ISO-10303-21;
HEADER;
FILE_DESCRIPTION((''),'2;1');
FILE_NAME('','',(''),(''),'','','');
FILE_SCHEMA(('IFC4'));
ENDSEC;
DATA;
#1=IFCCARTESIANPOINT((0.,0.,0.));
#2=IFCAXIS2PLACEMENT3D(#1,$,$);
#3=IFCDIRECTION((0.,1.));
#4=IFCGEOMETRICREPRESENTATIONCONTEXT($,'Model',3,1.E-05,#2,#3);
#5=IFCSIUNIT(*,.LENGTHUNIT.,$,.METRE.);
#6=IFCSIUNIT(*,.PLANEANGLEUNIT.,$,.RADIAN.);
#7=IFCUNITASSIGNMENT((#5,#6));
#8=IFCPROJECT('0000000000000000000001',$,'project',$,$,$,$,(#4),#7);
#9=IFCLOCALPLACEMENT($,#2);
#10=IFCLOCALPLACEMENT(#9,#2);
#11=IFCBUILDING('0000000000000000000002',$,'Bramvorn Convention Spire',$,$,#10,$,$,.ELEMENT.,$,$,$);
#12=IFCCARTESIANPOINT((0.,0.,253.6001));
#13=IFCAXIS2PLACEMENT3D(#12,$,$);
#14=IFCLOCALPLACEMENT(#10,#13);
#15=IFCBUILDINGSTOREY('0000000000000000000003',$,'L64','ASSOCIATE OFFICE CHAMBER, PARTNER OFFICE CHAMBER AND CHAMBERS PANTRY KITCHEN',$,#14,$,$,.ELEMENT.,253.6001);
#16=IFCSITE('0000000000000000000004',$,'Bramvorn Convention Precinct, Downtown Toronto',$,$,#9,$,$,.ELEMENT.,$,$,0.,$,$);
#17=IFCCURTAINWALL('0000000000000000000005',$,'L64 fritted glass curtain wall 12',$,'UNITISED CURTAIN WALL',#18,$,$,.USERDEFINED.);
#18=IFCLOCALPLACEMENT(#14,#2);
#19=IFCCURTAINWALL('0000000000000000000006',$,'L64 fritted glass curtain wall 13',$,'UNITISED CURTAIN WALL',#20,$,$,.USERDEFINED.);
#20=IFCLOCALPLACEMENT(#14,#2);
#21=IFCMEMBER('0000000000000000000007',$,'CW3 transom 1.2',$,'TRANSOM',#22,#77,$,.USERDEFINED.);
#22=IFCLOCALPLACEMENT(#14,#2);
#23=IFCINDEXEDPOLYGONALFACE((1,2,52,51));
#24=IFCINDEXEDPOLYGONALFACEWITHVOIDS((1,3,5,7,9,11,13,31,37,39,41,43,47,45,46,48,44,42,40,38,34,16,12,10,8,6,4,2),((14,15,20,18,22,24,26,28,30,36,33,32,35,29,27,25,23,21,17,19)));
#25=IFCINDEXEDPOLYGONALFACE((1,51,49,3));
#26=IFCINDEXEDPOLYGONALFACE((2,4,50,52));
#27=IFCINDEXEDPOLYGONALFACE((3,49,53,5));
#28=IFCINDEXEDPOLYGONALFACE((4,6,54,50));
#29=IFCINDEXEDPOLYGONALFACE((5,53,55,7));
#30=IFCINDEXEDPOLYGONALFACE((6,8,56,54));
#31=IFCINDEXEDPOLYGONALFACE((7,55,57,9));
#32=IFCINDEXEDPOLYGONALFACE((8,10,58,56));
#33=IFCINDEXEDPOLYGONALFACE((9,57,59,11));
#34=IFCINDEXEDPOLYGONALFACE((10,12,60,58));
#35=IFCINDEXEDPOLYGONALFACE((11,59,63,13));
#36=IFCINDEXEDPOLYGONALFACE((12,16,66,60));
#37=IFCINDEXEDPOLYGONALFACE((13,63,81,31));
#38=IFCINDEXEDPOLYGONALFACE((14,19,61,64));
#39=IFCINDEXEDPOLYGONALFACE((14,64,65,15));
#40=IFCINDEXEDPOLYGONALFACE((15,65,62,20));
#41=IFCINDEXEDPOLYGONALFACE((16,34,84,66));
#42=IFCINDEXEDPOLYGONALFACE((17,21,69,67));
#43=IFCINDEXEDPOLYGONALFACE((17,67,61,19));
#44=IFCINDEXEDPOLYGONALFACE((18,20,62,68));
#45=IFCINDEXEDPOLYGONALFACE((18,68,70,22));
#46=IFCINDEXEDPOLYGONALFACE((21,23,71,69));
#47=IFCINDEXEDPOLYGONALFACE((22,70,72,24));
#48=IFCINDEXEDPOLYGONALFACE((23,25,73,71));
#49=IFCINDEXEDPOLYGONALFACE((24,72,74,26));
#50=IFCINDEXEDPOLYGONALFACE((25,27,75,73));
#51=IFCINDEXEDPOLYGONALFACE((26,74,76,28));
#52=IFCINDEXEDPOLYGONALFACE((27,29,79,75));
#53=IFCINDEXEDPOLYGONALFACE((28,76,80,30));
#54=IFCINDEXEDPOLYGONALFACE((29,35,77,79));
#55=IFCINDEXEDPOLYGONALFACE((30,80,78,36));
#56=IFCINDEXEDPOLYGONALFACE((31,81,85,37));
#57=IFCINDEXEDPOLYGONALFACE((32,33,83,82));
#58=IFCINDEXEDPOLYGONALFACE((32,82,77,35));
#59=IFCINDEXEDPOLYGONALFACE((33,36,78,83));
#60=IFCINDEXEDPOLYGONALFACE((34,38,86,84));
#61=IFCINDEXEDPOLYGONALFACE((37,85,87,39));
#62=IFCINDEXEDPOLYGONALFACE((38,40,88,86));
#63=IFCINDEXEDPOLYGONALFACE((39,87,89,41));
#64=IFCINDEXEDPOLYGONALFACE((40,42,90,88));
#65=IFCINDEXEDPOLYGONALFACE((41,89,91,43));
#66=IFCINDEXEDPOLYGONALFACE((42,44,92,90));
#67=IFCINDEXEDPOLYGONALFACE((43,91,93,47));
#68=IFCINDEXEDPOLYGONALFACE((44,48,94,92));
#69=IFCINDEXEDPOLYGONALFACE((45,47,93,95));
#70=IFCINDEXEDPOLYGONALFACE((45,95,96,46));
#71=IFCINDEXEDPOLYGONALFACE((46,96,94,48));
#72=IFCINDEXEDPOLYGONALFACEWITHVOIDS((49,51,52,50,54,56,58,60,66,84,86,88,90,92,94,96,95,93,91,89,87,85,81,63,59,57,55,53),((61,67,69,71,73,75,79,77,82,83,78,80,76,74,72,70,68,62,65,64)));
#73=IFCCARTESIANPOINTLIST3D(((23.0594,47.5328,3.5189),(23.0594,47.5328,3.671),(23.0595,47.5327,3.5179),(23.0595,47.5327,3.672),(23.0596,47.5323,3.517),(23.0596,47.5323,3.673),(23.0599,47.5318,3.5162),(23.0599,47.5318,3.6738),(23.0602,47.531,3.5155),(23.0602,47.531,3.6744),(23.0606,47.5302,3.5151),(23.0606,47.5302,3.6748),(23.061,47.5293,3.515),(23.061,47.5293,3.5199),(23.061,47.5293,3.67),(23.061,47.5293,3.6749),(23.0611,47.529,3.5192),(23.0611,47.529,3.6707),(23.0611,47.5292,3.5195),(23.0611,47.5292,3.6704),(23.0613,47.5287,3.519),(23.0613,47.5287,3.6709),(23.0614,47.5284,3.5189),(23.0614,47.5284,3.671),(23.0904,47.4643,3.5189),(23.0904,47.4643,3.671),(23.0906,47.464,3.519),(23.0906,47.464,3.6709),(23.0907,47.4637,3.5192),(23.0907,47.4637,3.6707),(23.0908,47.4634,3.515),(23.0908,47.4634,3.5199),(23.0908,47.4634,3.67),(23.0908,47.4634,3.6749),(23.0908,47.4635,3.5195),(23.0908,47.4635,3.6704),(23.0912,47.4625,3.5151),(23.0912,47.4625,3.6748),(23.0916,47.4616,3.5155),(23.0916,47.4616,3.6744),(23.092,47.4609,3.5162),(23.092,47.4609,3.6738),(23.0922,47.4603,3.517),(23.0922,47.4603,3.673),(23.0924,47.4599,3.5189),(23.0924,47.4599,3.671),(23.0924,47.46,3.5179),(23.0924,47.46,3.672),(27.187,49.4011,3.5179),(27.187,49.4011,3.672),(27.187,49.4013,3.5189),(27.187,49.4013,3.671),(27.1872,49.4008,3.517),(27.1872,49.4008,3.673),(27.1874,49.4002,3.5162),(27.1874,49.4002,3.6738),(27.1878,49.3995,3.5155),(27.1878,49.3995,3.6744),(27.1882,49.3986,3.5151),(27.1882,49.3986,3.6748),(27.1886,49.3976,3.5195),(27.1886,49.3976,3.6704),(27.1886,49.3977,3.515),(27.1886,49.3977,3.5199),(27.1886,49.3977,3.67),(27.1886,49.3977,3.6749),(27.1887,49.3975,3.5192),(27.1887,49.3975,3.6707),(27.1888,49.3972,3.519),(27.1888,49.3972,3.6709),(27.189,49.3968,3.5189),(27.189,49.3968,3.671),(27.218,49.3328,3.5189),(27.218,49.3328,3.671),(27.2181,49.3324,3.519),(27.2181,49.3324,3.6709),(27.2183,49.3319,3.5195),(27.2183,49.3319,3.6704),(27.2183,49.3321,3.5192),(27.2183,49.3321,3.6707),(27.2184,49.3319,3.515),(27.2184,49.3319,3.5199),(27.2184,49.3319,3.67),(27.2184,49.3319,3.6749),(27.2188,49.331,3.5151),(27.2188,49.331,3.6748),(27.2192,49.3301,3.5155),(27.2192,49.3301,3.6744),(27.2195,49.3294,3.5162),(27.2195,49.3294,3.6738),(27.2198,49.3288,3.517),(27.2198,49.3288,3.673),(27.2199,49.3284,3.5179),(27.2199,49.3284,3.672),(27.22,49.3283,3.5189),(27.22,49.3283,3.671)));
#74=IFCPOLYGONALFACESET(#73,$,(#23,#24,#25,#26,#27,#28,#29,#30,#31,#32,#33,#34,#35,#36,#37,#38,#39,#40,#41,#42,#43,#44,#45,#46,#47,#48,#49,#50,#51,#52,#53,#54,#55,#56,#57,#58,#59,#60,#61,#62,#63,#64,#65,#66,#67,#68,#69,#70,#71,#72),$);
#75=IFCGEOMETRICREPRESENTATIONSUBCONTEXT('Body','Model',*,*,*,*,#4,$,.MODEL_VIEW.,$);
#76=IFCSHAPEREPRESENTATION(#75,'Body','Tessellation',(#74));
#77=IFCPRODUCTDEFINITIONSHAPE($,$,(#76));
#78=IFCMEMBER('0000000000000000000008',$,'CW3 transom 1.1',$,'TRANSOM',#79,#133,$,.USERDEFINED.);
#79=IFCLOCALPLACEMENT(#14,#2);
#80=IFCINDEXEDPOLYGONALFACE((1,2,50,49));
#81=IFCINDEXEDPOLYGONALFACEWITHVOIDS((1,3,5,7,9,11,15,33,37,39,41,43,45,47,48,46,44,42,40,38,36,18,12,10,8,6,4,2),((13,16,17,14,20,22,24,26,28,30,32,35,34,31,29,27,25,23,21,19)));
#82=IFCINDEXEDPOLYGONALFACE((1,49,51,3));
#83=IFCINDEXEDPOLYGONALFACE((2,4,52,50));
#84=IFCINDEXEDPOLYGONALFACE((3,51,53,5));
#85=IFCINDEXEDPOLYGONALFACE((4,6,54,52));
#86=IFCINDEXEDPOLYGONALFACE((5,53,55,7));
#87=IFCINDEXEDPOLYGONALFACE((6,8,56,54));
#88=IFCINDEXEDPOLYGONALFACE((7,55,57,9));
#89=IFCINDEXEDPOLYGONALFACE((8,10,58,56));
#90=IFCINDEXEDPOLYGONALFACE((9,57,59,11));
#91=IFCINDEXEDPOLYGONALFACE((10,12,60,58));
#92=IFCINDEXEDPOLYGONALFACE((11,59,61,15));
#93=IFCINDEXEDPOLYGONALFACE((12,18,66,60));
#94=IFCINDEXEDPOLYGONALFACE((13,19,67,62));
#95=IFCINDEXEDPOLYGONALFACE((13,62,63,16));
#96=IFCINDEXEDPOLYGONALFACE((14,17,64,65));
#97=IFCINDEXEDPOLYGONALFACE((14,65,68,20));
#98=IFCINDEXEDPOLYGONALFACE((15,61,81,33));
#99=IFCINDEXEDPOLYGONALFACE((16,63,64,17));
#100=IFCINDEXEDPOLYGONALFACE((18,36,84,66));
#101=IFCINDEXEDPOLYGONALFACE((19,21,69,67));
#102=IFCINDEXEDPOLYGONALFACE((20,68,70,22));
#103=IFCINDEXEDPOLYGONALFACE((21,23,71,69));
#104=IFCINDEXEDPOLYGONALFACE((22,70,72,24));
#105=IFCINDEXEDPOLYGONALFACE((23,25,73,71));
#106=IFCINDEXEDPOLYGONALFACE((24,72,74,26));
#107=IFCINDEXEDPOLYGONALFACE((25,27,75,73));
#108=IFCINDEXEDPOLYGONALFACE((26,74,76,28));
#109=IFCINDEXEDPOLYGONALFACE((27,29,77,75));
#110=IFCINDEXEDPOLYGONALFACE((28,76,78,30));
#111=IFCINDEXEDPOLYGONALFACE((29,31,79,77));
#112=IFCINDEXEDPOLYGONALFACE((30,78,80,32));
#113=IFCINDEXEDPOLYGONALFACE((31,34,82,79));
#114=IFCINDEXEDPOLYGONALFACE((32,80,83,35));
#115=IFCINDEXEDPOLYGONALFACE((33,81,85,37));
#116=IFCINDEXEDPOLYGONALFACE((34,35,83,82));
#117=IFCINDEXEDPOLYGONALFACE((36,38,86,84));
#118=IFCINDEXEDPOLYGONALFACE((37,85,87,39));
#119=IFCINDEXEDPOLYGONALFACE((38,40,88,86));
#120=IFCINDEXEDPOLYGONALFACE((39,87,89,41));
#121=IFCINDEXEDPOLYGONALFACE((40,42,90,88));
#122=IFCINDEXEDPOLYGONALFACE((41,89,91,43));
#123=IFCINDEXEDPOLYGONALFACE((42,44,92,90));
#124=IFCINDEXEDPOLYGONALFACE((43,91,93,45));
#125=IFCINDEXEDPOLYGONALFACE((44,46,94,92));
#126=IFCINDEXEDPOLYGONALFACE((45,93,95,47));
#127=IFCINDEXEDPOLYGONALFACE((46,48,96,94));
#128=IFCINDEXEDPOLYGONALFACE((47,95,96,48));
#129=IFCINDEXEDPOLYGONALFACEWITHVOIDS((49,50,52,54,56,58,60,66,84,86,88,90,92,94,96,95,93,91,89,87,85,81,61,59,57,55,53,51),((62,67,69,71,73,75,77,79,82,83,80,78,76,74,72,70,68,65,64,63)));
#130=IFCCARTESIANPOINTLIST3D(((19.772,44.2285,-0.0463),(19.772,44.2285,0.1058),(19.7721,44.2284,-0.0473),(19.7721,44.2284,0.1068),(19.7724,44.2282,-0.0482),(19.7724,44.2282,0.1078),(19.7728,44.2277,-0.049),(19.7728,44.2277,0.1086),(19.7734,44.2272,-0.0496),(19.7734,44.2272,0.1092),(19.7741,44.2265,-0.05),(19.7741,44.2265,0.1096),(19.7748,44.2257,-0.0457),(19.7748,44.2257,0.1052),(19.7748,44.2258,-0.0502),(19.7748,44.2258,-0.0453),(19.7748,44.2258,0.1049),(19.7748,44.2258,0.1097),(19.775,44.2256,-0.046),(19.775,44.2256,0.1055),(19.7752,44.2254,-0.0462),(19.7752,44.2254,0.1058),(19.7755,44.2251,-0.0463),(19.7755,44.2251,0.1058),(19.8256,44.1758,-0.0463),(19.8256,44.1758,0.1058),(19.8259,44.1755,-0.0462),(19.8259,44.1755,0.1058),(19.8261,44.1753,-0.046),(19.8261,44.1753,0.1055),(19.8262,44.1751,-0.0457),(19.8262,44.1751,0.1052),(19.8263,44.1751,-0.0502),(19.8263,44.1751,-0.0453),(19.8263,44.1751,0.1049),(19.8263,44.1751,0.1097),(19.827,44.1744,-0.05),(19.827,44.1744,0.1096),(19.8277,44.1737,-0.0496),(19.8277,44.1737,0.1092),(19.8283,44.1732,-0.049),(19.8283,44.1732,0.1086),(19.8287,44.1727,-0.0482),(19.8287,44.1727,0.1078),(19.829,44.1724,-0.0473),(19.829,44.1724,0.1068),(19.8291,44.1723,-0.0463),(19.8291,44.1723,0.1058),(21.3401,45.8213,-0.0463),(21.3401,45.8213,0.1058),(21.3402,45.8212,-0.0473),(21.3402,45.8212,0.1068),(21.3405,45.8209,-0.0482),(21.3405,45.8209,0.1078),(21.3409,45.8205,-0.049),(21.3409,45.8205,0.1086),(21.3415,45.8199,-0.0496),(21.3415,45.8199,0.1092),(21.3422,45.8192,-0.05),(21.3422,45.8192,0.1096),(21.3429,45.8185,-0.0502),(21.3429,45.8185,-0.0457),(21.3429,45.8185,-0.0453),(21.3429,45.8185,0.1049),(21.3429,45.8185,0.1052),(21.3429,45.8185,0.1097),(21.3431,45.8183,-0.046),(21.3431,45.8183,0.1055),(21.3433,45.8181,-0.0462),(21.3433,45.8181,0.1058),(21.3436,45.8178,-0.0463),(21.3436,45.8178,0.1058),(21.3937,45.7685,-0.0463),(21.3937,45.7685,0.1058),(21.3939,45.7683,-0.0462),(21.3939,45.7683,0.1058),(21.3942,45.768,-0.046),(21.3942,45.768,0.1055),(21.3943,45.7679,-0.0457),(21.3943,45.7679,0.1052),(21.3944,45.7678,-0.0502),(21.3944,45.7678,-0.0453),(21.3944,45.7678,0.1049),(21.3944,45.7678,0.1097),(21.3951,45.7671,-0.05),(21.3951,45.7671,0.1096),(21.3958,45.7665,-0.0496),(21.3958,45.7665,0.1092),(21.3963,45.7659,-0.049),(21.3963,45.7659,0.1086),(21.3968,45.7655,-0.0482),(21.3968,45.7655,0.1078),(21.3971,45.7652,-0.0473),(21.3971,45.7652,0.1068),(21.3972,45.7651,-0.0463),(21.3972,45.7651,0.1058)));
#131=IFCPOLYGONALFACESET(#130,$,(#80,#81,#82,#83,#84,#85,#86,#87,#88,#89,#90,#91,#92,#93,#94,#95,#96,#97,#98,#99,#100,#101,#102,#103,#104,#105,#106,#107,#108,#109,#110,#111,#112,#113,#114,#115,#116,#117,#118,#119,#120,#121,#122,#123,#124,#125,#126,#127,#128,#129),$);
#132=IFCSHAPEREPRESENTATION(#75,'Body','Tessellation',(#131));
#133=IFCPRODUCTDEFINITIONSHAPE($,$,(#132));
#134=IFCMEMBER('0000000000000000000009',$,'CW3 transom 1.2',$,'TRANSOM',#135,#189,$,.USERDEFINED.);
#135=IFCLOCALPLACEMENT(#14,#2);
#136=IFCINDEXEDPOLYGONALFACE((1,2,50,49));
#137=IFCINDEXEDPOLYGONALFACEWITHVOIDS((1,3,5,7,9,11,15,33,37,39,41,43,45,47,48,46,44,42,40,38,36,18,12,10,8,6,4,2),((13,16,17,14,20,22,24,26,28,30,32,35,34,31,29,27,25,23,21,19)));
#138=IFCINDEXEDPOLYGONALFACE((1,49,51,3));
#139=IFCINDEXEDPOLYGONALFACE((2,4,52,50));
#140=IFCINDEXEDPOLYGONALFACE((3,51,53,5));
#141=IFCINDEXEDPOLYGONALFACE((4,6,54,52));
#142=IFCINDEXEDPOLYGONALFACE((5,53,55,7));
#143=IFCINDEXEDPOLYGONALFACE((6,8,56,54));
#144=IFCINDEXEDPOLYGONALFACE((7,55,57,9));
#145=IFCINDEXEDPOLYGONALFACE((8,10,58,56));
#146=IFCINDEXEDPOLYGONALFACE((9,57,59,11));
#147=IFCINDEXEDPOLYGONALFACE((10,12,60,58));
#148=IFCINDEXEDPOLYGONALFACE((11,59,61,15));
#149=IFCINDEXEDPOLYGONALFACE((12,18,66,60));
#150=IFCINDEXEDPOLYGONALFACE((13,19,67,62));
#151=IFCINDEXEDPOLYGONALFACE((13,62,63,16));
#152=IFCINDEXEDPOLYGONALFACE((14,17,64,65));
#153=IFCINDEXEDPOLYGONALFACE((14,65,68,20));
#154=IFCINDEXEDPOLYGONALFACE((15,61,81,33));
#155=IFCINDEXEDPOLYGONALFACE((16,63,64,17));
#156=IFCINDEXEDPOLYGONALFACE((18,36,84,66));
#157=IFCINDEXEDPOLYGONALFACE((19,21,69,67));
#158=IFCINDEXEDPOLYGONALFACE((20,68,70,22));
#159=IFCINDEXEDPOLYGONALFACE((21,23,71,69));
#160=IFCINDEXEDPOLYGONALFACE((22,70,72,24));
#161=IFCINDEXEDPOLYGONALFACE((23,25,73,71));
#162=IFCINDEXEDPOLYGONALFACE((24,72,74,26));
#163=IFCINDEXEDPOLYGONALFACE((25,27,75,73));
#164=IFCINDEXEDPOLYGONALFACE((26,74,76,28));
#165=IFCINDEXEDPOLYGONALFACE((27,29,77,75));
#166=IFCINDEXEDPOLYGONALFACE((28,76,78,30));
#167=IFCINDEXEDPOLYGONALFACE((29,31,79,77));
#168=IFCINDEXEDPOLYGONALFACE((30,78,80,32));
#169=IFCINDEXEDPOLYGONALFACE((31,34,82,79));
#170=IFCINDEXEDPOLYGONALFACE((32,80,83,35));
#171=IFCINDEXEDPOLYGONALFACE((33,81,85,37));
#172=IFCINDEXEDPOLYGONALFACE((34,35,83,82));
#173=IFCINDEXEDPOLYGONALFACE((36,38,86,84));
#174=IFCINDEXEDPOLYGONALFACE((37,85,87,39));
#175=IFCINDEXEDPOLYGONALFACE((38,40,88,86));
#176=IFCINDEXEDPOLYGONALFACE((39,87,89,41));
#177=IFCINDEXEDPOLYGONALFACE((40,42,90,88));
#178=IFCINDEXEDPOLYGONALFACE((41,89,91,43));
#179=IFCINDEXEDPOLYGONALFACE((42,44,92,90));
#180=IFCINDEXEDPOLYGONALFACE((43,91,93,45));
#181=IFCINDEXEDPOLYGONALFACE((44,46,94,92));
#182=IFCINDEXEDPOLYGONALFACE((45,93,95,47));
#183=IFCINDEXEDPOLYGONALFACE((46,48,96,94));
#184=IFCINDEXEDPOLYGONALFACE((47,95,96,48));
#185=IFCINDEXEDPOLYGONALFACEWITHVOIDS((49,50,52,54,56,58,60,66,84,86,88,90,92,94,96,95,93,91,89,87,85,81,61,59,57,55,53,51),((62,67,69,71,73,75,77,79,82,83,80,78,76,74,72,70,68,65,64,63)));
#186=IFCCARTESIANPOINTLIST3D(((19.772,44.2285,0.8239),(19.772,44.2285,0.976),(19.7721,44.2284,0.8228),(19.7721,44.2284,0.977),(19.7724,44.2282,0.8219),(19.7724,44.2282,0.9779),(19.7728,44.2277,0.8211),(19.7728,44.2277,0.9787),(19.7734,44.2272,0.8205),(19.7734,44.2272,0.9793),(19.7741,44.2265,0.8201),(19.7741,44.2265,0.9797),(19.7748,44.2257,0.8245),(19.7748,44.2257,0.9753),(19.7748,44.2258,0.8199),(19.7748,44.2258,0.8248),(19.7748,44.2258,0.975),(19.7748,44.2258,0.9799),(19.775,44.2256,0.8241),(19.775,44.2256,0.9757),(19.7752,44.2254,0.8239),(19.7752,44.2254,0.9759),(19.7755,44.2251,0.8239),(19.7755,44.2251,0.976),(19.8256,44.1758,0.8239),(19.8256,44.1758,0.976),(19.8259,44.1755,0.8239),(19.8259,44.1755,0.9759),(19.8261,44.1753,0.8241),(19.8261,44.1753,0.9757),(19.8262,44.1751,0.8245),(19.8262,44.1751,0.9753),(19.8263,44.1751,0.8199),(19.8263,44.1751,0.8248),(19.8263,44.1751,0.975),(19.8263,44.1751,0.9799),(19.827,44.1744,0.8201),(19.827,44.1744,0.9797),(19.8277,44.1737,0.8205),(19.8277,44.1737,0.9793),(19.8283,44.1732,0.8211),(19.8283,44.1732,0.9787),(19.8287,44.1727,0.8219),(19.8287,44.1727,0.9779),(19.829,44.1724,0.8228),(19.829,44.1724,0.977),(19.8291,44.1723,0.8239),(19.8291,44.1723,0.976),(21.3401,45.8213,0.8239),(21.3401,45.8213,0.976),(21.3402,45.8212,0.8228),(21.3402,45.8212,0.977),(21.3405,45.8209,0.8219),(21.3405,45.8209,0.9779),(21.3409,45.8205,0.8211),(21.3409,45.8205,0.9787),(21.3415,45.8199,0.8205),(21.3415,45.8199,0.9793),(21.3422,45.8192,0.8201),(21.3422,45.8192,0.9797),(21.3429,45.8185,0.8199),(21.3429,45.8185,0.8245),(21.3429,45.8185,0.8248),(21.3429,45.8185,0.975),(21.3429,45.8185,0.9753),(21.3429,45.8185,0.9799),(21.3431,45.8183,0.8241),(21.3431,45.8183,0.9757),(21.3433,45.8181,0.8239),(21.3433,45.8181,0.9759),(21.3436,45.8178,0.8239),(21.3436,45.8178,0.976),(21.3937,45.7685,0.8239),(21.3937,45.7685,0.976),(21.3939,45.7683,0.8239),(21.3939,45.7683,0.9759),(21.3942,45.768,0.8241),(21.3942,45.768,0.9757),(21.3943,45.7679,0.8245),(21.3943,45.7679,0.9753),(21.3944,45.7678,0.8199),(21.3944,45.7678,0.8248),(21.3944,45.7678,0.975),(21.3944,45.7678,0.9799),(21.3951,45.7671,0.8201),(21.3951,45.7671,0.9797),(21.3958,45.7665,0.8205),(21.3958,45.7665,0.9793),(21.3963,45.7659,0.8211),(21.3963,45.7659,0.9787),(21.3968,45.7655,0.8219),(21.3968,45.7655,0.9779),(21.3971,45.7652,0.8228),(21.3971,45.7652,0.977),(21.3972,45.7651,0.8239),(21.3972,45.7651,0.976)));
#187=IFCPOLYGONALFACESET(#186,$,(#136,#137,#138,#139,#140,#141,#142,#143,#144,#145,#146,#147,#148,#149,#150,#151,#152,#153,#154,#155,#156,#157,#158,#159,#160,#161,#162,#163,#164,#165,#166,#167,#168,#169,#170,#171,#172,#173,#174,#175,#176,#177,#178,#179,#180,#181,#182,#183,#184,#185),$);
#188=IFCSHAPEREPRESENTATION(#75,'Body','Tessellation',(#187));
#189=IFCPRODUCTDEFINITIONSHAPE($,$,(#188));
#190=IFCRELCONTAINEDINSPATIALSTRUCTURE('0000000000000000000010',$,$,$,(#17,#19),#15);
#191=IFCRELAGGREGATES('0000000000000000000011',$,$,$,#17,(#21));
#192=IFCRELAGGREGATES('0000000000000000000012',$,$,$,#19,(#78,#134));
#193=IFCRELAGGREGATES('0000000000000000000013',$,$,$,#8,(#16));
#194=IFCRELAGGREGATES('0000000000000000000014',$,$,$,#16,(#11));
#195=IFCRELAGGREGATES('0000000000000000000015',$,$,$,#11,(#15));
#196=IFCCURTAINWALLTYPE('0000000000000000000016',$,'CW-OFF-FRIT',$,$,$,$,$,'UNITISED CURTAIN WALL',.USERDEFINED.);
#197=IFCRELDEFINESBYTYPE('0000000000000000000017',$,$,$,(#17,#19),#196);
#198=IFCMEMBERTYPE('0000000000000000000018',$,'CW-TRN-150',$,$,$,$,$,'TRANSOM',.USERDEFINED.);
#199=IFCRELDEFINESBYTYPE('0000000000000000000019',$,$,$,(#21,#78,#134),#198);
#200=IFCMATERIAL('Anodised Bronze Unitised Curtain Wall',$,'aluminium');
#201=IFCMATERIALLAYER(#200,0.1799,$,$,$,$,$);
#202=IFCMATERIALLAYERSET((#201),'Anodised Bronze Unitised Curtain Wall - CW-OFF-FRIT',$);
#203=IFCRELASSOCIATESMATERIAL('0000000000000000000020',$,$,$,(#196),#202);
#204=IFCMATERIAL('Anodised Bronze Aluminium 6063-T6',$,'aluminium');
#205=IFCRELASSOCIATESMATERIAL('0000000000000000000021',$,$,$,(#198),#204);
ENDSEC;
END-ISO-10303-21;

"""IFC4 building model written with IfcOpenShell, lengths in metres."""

from ifc_helpers import new_model, si_unit, direction, frame, origin, origin_2d, place, context, subcontext, project, spatial, hollow_rectangle, extrude, material, layer, layer_set, material_profile, profile_set, type_object, element, aggregate, save


model = new_model("IFC4")

# Units and contexts
model_context = context("Model", 3, precision=1e-05, world=origin(), true_north=direction((0.0, 1.0)))
body_context = subcontext(model_context, "Body", "Model", "MODEL_VIEW")
ifc_project = project(units=[si_unit("LENGTHUNIT", "METRE"), si_unit("PLANEANGLEUNIT", "RADIAN")], contexts=[model_context])

# Site, building, storey
site_placement = place(None, origin())
site = spatial("IfcSite", under=ifc_project, at=site_placement, Name="Bramvorn Convention Precinct, Downtown Toronto", CompositionType="ELEMENT", RefElevation=0.0)
building_placement = place(site_placement, origin())
building = spatial("IfcBuilding", under=site, at=building_placement, Name="Bramvorn Convention Spire", CompositionType="ELEMENT")
storey_placement = place(building_placement, frame((0.0, 0.0, 253.6001)))
storey = spatial("IfcBuildingStorey", under=building, at=storey_placement, Name="L64", Description="ASSOCIATE OFFICE CHAMBER, PARTNER OFFICE CHAMBER AND CHAMBERS PANTRY KITCHEN", CompositionType="ELEMENT", Elevation=253.6001)

# Curtain walls
ifc_material_1 = material(Name="Anodised Bronze Unitised Curtain Wall", Category="aluminium")
ifc_layer_1 = layer(ifc_material_1, 0.1799)
ifc_layer_set_1 = layer_set([ifc_layer_1], Name="Anodised Bronze Unitised Curtain Wall - CW-OFF-FRIT")
curtain_wall_type = type_object("IfcCurtainWallType", Name="CW-OFF-FRIT", ElementType="UNITISED CURTAIN WALL", PredefinedType="USERDEFINED", material=ifc_layer_set_1)
curtain_wall_1_placement = place(storey_placement, origin())
curtain_wall_1 = element("IfcCurtainWall", 1, at=curtain_wall_1_placement, inside=storey, type_object=curtain_wall_type, Name="L64 fritted glass curtain wall 12", ObjectType="UNITISED CURTAIN WALL", PredefinedType="USERDEFINED")
ifc_material_2 = material(Name="Anodised Bronze Aluminium 6063-T6", Category="aluminium")
curtain_wall_2_placement = place(storey_placement, origin())
curtain_wall_2 = element("IfcCurtainWall", 2, at=curtain_wall_2_placement, inside=storey, type_object=curtain_wall_type, Name="L64 fritted glass curtain wall 13", ObjectType="UNITISED CURTAIN WALL", PredefinedType="USERDEFINED")

# Members
ifc_material_profile_1 = material_profile(ifc_material_2, hollow_rectangle(XDim=0.0801, YDim=0.1599, WallThickness=0.0039, InnerFilletRadius=0.001, OuterFilletRadius=0.0039, at=origin_2d()))
ifc_profile_set_1 = profile_set([ifc_material_profile_1], Name="Anodised Bronze Aluminium 6063-T6 - CWT80X160")
member_type_1 = type_object("IfcMemberType", Name="CW-TRN-150", ElementType="TRANSOM", PredefinedType="USERDEFINED", material=ifc_profile_set_1)
member_1_placement = place(storey_placement, frame((23.0759, 47.4963, 3.595), z_axis=(0.911006, 0.412394, 0.0), x_axis=(-0.412394, 0.911006, 0.0)))
member_1 = element("IfcMember", 3, at=member_1_placement, type_object=member_type_1, Name="CW3 transom 1.2", ObjectType="TRANSOM", PredefinedType="USERDEFINED", context=body_context, shape_type="SweptSolid", body=[
    extrude(hollow_rectangle(XDim=0.0801, YDim=0.1599, WallThickness=0.0039, InnerFilletRadius=0.001, OuterFilletRadius=0.0039, at=origin_2d()), origin(), (0.0, 0.0, 1.0), 4.5308),
])
member_2_placement = place(storey_placement, frame((19.8005, 44.2004, 0.0298), z_axis=(0.701569, 0.712601, 0.0), x_axis=(-0.712601, 0.701569, 0.0)))
member_2 = element("IfcMember", 4, at=member_2_placement, type_object=member_type_1, Name="CW3 transom 1.1", ObjectType="TRANSOM", PredefinedType="USERDEFINED", context=body_context, shape_type="SweptSolid", body=[
    extrude(hollow_rectangle(XDim=0.0801, YDim=0.1599, WallThickness=0.0039, InnerFilletRadius=0.001, OuterFilletRadius=0.0039, at=origin_2d()), origin(), (0.0, 0.0, 1.0), 2.2351),
])
member_3_placement = place(storey_placement, frame((19.8005, 44.2004, 0.8999), z_axis=(0.701569, 0.712601, 0.0), x_axis=(-0.712601, 0.701569, 0.0)))
member_3 = element("IfcMember", 5, at=member_3_placement, type_object=member_type_1, Name="CW3 transom 1.2", ObjectType="TRANSOM", PredefinedType="USERDEFINED", context=body_context, shape_type="SweptSolid", body=[
    extrude(hollow_rectangle(XDim=0.0801, YDim=0.1599, WallThickness=0.0039, InnerFilletRadius=0.001, OuterFilletRadius=0.0039, at=origin_2d()), origin(), (0.0, 0.0, 1.0), 2.2351),
])

aggregate(curtain_wall_1, [member_1])
aggregate(curtain_wall_2, [member_2, member_3])

save(model, "model.ifc")
